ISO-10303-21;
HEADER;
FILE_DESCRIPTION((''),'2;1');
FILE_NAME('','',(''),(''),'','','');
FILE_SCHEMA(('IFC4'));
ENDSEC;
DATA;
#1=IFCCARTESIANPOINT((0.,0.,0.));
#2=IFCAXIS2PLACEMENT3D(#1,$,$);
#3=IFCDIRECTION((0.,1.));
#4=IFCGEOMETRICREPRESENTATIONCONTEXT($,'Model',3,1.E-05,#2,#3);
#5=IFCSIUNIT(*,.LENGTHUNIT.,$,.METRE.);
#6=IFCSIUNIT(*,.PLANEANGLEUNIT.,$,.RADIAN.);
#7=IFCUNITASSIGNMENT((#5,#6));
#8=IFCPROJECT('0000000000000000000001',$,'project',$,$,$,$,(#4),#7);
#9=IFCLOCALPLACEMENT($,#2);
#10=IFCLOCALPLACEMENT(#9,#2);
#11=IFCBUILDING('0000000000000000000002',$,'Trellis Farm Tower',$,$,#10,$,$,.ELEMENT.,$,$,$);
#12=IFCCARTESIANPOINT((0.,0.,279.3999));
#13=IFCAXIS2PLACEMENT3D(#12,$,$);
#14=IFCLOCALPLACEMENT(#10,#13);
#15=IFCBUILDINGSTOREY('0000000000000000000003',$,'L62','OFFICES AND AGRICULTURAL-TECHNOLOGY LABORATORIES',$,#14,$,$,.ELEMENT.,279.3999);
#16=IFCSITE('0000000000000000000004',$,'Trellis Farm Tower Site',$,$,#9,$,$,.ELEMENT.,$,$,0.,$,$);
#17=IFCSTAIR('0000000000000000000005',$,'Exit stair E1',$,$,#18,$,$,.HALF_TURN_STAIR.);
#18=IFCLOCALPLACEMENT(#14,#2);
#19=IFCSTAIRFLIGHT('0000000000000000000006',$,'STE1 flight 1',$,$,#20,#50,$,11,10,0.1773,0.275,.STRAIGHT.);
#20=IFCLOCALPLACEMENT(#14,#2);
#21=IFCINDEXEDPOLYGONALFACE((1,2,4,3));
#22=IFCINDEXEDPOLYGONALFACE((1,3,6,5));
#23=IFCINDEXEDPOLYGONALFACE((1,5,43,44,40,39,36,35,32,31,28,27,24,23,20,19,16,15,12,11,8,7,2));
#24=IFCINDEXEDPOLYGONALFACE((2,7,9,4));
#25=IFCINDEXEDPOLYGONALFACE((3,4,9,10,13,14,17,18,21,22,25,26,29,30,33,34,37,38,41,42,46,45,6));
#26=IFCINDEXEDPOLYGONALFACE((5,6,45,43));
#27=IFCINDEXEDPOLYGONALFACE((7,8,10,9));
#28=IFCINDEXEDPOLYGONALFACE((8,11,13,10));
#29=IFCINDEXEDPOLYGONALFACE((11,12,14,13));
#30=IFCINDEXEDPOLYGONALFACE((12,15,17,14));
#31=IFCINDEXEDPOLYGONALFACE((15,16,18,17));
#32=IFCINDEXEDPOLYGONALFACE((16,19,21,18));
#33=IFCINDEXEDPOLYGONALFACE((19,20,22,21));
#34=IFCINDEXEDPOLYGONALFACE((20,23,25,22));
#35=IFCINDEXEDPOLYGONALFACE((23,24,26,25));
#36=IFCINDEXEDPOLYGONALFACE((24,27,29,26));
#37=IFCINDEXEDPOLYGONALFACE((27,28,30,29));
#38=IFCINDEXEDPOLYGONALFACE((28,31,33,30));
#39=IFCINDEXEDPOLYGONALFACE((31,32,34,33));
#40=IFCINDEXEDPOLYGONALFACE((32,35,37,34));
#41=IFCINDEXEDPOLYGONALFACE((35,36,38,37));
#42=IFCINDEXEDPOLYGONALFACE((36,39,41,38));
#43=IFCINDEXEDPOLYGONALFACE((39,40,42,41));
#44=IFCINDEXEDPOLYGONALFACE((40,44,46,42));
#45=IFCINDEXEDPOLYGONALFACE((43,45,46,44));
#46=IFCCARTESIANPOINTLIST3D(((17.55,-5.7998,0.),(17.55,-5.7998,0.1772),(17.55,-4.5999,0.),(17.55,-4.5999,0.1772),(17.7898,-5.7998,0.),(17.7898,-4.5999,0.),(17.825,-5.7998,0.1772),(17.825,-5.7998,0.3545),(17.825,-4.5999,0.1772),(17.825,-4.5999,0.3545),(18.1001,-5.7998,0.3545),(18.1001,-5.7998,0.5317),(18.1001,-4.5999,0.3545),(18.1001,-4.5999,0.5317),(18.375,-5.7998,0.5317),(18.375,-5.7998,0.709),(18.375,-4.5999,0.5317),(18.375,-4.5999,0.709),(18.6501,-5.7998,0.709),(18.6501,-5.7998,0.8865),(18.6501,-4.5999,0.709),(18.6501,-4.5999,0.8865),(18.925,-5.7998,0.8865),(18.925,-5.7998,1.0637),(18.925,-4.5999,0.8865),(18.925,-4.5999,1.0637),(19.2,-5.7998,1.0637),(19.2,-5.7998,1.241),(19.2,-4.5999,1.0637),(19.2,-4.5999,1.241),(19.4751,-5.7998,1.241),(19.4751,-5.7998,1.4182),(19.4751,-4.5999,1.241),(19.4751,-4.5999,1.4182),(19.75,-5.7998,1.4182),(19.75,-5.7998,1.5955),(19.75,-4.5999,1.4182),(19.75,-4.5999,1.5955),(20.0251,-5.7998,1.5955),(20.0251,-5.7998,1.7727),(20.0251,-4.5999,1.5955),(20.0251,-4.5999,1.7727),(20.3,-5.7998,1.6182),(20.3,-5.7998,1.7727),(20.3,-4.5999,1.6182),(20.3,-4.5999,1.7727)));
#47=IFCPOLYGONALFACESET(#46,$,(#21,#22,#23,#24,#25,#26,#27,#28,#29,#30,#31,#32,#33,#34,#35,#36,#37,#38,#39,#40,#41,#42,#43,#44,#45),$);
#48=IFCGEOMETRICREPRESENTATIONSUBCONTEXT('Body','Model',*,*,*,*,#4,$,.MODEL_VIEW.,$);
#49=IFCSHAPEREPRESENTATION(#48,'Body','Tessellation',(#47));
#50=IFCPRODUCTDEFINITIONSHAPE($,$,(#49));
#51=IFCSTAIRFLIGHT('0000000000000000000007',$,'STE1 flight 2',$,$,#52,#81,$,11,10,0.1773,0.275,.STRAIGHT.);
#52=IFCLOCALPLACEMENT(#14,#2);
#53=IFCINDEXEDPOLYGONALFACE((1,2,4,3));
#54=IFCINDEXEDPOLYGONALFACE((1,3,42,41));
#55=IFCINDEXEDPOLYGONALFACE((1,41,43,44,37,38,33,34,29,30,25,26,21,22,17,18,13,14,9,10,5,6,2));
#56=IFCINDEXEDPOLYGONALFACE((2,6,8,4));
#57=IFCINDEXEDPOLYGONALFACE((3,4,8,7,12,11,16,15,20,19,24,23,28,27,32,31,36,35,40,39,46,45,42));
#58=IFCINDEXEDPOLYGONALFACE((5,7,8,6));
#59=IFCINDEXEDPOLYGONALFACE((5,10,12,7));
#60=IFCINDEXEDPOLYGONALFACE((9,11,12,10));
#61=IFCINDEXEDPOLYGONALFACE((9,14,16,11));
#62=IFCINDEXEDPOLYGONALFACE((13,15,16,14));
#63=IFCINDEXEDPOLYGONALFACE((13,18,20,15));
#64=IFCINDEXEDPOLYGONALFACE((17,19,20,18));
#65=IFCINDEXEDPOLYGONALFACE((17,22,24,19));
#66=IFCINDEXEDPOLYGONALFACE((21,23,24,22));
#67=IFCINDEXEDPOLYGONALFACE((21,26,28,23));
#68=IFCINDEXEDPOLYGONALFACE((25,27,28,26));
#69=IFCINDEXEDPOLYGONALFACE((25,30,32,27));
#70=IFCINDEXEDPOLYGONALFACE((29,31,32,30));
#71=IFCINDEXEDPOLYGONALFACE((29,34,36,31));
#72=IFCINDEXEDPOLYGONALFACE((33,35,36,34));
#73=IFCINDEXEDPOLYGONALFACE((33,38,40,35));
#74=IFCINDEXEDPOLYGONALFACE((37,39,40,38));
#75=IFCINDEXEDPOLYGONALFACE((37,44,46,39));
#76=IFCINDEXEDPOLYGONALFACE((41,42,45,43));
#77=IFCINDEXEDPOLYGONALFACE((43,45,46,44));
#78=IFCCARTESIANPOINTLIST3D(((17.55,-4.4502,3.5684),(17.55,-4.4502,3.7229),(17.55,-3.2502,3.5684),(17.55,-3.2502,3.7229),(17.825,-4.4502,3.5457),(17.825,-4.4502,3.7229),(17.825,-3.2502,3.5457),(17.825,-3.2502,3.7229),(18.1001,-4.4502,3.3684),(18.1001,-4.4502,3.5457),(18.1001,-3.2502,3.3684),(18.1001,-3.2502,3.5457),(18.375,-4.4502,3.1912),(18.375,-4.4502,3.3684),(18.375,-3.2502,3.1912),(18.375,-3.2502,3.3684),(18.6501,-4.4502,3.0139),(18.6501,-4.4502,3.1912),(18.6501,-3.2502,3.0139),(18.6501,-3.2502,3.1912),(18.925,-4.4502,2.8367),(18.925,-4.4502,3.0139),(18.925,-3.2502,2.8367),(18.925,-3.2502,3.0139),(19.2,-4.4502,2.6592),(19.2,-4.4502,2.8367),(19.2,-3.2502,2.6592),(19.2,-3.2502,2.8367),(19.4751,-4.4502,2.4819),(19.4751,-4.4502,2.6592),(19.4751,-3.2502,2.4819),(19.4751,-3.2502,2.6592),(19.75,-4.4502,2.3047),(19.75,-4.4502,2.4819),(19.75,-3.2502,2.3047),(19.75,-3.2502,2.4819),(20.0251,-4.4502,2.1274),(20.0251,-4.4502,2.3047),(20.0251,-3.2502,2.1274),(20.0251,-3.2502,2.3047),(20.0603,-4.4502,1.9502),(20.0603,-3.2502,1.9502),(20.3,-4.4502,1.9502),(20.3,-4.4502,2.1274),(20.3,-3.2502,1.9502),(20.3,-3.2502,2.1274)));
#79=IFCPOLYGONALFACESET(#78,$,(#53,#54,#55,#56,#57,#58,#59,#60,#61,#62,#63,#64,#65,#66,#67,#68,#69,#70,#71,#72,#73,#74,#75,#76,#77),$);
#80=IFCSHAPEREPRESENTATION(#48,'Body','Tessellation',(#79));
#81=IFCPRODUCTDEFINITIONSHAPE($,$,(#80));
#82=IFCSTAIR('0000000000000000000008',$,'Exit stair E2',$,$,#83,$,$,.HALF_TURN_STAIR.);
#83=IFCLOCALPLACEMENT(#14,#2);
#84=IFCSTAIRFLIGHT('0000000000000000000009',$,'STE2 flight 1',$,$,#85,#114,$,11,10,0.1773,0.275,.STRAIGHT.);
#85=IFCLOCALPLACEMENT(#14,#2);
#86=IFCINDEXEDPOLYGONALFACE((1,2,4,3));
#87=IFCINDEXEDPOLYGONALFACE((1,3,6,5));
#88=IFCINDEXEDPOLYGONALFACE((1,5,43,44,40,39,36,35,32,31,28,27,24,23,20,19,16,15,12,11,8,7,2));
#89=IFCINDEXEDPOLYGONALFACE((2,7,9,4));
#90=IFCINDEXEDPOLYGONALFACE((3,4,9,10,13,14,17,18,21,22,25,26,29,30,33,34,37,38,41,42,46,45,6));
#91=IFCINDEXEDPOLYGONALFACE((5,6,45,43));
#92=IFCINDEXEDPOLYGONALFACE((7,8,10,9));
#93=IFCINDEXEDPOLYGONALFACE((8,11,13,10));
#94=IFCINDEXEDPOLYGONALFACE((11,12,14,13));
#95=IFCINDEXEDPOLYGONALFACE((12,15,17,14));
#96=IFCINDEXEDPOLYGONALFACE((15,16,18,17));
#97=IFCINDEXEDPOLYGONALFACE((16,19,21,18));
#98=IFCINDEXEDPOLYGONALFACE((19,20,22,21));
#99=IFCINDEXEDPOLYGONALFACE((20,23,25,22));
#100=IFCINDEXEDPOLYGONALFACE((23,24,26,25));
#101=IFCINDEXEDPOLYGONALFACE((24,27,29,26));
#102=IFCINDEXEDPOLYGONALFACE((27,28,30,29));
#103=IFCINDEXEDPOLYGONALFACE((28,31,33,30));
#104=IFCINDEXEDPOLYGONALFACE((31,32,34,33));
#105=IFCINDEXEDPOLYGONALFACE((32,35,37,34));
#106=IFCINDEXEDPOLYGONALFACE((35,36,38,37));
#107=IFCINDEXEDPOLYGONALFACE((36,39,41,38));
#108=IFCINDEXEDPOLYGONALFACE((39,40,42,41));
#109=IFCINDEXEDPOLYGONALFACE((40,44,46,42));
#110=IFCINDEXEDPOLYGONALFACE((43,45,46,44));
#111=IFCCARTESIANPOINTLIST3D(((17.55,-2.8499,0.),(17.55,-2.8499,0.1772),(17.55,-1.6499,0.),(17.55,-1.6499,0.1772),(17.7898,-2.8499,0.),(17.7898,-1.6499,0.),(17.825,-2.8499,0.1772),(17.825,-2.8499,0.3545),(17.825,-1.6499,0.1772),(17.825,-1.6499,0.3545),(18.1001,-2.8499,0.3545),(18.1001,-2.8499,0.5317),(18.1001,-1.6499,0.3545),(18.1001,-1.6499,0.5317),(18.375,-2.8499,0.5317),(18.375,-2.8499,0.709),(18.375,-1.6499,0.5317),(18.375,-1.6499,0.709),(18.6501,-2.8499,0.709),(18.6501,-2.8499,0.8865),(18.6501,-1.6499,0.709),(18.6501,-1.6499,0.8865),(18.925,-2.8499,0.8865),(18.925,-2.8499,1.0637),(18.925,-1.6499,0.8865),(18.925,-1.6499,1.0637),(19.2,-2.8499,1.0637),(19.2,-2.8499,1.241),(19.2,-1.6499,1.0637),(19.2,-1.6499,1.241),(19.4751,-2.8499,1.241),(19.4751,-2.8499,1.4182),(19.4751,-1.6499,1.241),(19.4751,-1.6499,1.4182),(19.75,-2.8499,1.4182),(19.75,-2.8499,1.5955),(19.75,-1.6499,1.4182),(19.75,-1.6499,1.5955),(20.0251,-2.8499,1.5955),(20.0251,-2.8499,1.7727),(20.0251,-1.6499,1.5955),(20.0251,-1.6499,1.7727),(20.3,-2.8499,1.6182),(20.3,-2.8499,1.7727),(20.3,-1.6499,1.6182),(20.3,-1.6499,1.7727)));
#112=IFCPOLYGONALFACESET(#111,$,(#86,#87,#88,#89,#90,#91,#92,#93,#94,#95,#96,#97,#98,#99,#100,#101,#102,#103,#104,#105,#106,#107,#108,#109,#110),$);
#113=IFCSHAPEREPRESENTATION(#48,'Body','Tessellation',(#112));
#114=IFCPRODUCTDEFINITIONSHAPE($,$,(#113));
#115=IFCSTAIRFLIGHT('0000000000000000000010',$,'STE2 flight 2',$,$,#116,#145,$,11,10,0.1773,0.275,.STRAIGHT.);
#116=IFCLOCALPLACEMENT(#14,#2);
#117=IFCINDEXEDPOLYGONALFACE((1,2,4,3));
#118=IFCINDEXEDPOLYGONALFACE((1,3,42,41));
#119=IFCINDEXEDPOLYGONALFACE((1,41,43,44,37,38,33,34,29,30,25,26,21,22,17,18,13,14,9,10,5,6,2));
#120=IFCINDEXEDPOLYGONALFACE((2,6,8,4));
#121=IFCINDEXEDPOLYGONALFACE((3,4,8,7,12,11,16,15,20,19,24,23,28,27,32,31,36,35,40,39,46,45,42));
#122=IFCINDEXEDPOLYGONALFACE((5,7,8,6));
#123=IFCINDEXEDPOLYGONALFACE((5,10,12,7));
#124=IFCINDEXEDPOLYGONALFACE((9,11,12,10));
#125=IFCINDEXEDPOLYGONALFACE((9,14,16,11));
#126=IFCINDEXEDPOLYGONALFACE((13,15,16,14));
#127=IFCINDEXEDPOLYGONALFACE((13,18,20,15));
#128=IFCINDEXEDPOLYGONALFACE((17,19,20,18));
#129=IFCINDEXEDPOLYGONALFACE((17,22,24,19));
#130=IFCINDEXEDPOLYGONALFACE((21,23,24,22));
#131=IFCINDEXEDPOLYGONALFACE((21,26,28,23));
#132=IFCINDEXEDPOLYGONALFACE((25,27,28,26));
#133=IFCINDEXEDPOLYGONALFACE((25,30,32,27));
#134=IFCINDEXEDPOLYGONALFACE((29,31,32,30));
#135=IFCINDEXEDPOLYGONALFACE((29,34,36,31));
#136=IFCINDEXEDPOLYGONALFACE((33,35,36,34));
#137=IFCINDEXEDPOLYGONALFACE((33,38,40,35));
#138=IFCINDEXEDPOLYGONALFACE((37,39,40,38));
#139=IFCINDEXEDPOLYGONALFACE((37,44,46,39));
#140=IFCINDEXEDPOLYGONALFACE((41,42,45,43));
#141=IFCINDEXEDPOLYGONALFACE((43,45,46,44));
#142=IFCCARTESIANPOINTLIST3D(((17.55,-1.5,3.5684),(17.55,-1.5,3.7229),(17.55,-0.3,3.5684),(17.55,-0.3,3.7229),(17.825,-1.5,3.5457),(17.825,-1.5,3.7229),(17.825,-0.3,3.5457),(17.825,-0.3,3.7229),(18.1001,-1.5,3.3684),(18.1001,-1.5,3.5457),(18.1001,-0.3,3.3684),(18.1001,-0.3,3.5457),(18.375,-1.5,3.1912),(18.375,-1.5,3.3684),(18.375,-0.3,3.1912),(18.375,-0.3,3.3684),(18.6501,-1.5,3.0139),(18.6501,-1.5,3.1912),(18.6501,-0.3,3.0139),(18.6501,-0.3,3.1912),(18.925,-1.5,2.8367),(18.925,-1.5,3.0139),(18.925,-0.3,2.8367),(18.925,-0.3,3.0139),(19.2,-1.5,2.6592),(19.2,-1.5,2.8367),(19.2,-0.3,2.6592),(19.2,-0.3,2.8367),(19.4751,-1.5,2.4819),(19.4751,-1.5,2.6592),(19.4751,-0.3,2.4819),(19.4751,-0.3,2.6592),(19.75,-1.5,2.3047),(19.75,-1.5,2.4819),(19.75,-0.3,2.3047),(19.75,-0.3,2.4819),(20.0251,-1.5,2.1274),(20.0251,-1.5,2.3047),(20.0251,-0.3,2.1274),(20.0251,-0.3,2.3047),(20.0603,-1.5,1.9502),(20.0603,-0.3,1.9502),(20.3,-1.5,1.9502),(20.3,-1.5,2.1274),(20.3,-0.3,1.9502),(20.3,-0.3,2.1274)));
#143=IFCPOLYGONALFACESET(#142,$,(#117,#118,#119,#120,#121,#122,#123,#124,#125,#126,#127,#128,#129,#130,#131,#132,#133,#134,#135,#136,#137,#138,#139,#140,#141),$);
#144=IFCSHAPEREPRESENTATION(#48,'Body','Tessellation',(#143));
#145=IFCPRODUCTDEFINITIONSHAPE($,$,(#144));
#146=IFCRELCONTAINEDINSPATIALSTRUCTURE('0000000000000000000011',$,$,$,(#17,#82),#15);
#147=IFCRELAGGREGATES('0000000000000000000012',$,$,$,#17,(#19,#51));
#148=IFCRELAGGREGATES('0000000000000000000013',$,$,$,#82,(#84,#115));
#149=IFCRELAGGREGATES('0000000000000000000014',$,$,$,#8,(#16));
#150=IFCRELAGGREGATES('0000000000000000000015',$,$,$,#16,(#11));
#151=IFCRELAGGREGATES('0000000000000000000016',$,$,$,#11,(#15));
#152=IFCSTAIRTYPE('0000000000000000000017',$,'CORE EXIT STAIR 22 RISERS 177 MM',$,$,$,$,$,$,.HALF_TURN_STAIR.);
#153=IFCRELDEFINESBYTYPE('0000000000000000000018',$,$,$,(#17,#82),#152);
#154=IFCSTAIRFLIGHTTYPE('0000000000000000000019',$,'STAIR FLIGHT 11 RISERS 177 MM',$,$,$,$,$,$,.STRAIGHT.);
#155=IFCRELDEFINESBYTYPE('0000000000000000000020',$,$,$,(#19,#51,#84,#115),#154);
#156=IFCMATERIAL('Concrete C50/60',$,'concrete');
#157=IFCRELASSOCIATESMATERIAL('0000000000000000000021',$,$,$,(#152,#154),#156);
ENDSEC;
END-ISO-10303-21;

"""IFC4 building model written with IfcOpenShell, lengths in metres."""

from ifc_helpers import new_model, si_unit, direction, frame, origin, place, context, subcontext, project, spatial, polyline, outline, extrude, source, transform, mapped, material, type_object, element, aggregate, save


model = new_model("IFC4")

# Units and contexts
model_context = context("Model", 3, precision=1e-05, world=origin(), true_north=direction((0.0, 1.0)))
body_context = subcontext(model_context, "Body", "Model", "MODEL_VIEW")
ifc_project = project(units=[si_unit("LENGTHUNIT", "METRE"), si_unit("PLANEANGLEUNIT", "RADIAN")], contexts=[model_context])

# Site, building, storey
site_placement = place(None, origin())
site = spatial("IfcSite", under=ifc_project, at=site_placement, Name="Trellis Farm Tower Site", CompositionType="ELEMENT", RefElevation=0.0)
building_placement = place(site_placement, origin())
building = spatial("IfcBuilding", under=site, at=building_placement, Name="Trellis Farm Tower", CompositionType="ELEMENT")
storey_placement = place(building_placement, frame((0.0, 0.0, 279.3999)))
storey = spatial("IfcBuildingStorey", under=building, at=storey_placement, Name="L62", Description="OFFICES AND AGRICULTURAL-TECHNOLOGY LABORATORIES", CompositionType="ELEMENT", Elevation=279.3999)

# Shared definitions
placement = place(storey_placement, origin())

# Shared definitions
ifc_material_1 = material(Name="Concrete C50/60", Category="concrete")

# Stairs, stair flights
stair_type = type_object("IfcStairType", Name="CORE EXIT STAIR 22 RISERS 177 MM", PredefinedType="HALF_TURN_STAIR", material=ifc_material_1)
stair_1 = element("IfcStair", 1, at=placement, inside=storey, type_object=stair_type, Name="Exit stair E1", PredefinedType="HALF_TURN_STAIR")
stair_flight_type = type_object("IfcStairFlightType", Name="STAIR FLIGHT 11 RISERS 177 MM", PredefinedType="STRAIGHT", material=ifc_material_1)
shared_shape_1 = source(origin(), body_context, "Body", "SweptSolid", [
    extrude(outline(polyline([(0.0, 0.0), (0.0, 0.1772), (0.2749, 0.1772), (0.2749, 0.3545), (0.55, 0.3545), (0.55, 0.5317), (0.825, 0.5317), (0.825, 0.709), (1.1001, 0.709), (1.1001, 0.8865), (1.375, 0.8865), (1.375, 1.0637), (1.6499, 1.0637), (1.6499, 1.241), (1.925, 1.241), (1.925, 1.4182), (2.2, 1.4182), (2.2, 1.5955), (2.4751, 1.5955), (2.4751, 1.7727), (2.75, 1.7727), (2.75, 1.95), (2.75, 1.6182), (0.2397, 0.0), (0.0, 0.0)])), frame((0.0, 0.6001, 0.0), z_axis=(0.0, -1.0, 0.0), x_axis=(1.0, 0.0, 0.0)), (0.0, 0.0, 1.0), 1.2),
])
stair_flight_1_placement = place(storey_placement, frame((17.55, -5.2, 0.0), z_axis=(0.0, 0.0, 1.0), x_axis=(1.0, 0.0, 0.0)))
stair_flight_1 = element("IfcStairFlight", 2, at=stair_flight_1_placement, type_object=stair_flight_type, Name="STE1 flight 1", NumberOfRisers=11, NumberOfTreads=10, PredefinedType="STRAIGHT", RiserHeight=0.1773, TreadLength=0.275, context=body_context, shape_type="MappedRepresentation", body=[
    mapped(shared_shape_1, transform((0.0, 0.0, 0.0))),
])
stair_flight_2_placement = place(storey_placement, frame((20.3, -3.8501, 1.9502), z_axis=(0.0, 0.0, 1.0), x_axis=(-1.0, 0.0, 0.0)))
stair_flight_2 = element("IfcStairFlight", 3, at=stair_flight_2_placement, type_object=stair_flight_type, Name="STE1 flight 2", NumberOfRisers=11, NumberOfTreads=10, PredefinedType="STRAIGHT", RiserHeight=0.1773, TreadLength=0.275, context=body_context, shape_type="MappedRepresentation", body=[
    mapped(shared_shape_1, transform((0.0, 0.0, 0.0))),
])
aggregate(stair_1, [stair_flight_1, stair_flight_2])
stair_2 = element("IfcStair", 4, at=placement, inside=storey, type_object=stair_type, Name="Exit stair E2", PredefinedType="HALF_TURN_STAIR")
stair_flight_3_placement = place(storey_placement, frame((17.55, -2.25, 0.0), z_axis=(0.0, 0.0, 1.0), x_axis=(1.0, 0.0, 0.0)))
stair_flight_3 = element("IfcStairFlight", 5, at=stair_flight_3_placement, type_object=stair_flight_type, Name="STE2 flight 1", NumberOfRisers=11, NumberOfTreads=10, PredefinedType="STRAIGHT", RiserHeight=0.1773, TreadLength=0.275, context=body_context, shape_type="MappedRepresentation", body=[
    mapped(shared_shape_1, transform((0.0, 0.0, 0.0))),
])
stair_flight_4_placement = place(storey_placement, frame((20.3, -0.8999, 1.9502), z_axis=(0.0, 0.0, 1.0), x_axis=(-1.0, 0.0, 0.0)))
stair_flight_4 = element("IfcStairFlight", 6, at=stair_flight_4_placement, type_object=stair_flight_type, Name="STE2 flight 2", NumberOfRisers=11, NumberOfTreads=10, PredefinedType="STRAIGHT", RiserHeight=0.1773, TreadLength=0.275, context=body_context, shape_type="MappedRepresentation", body=[
    mapped(shared_shape_1, transform((0.0, 0.0, 0.0))),
])
aggregate(stair_2, [stair_flight_3, stair_flight_4])

save(model, "model.ifc")
